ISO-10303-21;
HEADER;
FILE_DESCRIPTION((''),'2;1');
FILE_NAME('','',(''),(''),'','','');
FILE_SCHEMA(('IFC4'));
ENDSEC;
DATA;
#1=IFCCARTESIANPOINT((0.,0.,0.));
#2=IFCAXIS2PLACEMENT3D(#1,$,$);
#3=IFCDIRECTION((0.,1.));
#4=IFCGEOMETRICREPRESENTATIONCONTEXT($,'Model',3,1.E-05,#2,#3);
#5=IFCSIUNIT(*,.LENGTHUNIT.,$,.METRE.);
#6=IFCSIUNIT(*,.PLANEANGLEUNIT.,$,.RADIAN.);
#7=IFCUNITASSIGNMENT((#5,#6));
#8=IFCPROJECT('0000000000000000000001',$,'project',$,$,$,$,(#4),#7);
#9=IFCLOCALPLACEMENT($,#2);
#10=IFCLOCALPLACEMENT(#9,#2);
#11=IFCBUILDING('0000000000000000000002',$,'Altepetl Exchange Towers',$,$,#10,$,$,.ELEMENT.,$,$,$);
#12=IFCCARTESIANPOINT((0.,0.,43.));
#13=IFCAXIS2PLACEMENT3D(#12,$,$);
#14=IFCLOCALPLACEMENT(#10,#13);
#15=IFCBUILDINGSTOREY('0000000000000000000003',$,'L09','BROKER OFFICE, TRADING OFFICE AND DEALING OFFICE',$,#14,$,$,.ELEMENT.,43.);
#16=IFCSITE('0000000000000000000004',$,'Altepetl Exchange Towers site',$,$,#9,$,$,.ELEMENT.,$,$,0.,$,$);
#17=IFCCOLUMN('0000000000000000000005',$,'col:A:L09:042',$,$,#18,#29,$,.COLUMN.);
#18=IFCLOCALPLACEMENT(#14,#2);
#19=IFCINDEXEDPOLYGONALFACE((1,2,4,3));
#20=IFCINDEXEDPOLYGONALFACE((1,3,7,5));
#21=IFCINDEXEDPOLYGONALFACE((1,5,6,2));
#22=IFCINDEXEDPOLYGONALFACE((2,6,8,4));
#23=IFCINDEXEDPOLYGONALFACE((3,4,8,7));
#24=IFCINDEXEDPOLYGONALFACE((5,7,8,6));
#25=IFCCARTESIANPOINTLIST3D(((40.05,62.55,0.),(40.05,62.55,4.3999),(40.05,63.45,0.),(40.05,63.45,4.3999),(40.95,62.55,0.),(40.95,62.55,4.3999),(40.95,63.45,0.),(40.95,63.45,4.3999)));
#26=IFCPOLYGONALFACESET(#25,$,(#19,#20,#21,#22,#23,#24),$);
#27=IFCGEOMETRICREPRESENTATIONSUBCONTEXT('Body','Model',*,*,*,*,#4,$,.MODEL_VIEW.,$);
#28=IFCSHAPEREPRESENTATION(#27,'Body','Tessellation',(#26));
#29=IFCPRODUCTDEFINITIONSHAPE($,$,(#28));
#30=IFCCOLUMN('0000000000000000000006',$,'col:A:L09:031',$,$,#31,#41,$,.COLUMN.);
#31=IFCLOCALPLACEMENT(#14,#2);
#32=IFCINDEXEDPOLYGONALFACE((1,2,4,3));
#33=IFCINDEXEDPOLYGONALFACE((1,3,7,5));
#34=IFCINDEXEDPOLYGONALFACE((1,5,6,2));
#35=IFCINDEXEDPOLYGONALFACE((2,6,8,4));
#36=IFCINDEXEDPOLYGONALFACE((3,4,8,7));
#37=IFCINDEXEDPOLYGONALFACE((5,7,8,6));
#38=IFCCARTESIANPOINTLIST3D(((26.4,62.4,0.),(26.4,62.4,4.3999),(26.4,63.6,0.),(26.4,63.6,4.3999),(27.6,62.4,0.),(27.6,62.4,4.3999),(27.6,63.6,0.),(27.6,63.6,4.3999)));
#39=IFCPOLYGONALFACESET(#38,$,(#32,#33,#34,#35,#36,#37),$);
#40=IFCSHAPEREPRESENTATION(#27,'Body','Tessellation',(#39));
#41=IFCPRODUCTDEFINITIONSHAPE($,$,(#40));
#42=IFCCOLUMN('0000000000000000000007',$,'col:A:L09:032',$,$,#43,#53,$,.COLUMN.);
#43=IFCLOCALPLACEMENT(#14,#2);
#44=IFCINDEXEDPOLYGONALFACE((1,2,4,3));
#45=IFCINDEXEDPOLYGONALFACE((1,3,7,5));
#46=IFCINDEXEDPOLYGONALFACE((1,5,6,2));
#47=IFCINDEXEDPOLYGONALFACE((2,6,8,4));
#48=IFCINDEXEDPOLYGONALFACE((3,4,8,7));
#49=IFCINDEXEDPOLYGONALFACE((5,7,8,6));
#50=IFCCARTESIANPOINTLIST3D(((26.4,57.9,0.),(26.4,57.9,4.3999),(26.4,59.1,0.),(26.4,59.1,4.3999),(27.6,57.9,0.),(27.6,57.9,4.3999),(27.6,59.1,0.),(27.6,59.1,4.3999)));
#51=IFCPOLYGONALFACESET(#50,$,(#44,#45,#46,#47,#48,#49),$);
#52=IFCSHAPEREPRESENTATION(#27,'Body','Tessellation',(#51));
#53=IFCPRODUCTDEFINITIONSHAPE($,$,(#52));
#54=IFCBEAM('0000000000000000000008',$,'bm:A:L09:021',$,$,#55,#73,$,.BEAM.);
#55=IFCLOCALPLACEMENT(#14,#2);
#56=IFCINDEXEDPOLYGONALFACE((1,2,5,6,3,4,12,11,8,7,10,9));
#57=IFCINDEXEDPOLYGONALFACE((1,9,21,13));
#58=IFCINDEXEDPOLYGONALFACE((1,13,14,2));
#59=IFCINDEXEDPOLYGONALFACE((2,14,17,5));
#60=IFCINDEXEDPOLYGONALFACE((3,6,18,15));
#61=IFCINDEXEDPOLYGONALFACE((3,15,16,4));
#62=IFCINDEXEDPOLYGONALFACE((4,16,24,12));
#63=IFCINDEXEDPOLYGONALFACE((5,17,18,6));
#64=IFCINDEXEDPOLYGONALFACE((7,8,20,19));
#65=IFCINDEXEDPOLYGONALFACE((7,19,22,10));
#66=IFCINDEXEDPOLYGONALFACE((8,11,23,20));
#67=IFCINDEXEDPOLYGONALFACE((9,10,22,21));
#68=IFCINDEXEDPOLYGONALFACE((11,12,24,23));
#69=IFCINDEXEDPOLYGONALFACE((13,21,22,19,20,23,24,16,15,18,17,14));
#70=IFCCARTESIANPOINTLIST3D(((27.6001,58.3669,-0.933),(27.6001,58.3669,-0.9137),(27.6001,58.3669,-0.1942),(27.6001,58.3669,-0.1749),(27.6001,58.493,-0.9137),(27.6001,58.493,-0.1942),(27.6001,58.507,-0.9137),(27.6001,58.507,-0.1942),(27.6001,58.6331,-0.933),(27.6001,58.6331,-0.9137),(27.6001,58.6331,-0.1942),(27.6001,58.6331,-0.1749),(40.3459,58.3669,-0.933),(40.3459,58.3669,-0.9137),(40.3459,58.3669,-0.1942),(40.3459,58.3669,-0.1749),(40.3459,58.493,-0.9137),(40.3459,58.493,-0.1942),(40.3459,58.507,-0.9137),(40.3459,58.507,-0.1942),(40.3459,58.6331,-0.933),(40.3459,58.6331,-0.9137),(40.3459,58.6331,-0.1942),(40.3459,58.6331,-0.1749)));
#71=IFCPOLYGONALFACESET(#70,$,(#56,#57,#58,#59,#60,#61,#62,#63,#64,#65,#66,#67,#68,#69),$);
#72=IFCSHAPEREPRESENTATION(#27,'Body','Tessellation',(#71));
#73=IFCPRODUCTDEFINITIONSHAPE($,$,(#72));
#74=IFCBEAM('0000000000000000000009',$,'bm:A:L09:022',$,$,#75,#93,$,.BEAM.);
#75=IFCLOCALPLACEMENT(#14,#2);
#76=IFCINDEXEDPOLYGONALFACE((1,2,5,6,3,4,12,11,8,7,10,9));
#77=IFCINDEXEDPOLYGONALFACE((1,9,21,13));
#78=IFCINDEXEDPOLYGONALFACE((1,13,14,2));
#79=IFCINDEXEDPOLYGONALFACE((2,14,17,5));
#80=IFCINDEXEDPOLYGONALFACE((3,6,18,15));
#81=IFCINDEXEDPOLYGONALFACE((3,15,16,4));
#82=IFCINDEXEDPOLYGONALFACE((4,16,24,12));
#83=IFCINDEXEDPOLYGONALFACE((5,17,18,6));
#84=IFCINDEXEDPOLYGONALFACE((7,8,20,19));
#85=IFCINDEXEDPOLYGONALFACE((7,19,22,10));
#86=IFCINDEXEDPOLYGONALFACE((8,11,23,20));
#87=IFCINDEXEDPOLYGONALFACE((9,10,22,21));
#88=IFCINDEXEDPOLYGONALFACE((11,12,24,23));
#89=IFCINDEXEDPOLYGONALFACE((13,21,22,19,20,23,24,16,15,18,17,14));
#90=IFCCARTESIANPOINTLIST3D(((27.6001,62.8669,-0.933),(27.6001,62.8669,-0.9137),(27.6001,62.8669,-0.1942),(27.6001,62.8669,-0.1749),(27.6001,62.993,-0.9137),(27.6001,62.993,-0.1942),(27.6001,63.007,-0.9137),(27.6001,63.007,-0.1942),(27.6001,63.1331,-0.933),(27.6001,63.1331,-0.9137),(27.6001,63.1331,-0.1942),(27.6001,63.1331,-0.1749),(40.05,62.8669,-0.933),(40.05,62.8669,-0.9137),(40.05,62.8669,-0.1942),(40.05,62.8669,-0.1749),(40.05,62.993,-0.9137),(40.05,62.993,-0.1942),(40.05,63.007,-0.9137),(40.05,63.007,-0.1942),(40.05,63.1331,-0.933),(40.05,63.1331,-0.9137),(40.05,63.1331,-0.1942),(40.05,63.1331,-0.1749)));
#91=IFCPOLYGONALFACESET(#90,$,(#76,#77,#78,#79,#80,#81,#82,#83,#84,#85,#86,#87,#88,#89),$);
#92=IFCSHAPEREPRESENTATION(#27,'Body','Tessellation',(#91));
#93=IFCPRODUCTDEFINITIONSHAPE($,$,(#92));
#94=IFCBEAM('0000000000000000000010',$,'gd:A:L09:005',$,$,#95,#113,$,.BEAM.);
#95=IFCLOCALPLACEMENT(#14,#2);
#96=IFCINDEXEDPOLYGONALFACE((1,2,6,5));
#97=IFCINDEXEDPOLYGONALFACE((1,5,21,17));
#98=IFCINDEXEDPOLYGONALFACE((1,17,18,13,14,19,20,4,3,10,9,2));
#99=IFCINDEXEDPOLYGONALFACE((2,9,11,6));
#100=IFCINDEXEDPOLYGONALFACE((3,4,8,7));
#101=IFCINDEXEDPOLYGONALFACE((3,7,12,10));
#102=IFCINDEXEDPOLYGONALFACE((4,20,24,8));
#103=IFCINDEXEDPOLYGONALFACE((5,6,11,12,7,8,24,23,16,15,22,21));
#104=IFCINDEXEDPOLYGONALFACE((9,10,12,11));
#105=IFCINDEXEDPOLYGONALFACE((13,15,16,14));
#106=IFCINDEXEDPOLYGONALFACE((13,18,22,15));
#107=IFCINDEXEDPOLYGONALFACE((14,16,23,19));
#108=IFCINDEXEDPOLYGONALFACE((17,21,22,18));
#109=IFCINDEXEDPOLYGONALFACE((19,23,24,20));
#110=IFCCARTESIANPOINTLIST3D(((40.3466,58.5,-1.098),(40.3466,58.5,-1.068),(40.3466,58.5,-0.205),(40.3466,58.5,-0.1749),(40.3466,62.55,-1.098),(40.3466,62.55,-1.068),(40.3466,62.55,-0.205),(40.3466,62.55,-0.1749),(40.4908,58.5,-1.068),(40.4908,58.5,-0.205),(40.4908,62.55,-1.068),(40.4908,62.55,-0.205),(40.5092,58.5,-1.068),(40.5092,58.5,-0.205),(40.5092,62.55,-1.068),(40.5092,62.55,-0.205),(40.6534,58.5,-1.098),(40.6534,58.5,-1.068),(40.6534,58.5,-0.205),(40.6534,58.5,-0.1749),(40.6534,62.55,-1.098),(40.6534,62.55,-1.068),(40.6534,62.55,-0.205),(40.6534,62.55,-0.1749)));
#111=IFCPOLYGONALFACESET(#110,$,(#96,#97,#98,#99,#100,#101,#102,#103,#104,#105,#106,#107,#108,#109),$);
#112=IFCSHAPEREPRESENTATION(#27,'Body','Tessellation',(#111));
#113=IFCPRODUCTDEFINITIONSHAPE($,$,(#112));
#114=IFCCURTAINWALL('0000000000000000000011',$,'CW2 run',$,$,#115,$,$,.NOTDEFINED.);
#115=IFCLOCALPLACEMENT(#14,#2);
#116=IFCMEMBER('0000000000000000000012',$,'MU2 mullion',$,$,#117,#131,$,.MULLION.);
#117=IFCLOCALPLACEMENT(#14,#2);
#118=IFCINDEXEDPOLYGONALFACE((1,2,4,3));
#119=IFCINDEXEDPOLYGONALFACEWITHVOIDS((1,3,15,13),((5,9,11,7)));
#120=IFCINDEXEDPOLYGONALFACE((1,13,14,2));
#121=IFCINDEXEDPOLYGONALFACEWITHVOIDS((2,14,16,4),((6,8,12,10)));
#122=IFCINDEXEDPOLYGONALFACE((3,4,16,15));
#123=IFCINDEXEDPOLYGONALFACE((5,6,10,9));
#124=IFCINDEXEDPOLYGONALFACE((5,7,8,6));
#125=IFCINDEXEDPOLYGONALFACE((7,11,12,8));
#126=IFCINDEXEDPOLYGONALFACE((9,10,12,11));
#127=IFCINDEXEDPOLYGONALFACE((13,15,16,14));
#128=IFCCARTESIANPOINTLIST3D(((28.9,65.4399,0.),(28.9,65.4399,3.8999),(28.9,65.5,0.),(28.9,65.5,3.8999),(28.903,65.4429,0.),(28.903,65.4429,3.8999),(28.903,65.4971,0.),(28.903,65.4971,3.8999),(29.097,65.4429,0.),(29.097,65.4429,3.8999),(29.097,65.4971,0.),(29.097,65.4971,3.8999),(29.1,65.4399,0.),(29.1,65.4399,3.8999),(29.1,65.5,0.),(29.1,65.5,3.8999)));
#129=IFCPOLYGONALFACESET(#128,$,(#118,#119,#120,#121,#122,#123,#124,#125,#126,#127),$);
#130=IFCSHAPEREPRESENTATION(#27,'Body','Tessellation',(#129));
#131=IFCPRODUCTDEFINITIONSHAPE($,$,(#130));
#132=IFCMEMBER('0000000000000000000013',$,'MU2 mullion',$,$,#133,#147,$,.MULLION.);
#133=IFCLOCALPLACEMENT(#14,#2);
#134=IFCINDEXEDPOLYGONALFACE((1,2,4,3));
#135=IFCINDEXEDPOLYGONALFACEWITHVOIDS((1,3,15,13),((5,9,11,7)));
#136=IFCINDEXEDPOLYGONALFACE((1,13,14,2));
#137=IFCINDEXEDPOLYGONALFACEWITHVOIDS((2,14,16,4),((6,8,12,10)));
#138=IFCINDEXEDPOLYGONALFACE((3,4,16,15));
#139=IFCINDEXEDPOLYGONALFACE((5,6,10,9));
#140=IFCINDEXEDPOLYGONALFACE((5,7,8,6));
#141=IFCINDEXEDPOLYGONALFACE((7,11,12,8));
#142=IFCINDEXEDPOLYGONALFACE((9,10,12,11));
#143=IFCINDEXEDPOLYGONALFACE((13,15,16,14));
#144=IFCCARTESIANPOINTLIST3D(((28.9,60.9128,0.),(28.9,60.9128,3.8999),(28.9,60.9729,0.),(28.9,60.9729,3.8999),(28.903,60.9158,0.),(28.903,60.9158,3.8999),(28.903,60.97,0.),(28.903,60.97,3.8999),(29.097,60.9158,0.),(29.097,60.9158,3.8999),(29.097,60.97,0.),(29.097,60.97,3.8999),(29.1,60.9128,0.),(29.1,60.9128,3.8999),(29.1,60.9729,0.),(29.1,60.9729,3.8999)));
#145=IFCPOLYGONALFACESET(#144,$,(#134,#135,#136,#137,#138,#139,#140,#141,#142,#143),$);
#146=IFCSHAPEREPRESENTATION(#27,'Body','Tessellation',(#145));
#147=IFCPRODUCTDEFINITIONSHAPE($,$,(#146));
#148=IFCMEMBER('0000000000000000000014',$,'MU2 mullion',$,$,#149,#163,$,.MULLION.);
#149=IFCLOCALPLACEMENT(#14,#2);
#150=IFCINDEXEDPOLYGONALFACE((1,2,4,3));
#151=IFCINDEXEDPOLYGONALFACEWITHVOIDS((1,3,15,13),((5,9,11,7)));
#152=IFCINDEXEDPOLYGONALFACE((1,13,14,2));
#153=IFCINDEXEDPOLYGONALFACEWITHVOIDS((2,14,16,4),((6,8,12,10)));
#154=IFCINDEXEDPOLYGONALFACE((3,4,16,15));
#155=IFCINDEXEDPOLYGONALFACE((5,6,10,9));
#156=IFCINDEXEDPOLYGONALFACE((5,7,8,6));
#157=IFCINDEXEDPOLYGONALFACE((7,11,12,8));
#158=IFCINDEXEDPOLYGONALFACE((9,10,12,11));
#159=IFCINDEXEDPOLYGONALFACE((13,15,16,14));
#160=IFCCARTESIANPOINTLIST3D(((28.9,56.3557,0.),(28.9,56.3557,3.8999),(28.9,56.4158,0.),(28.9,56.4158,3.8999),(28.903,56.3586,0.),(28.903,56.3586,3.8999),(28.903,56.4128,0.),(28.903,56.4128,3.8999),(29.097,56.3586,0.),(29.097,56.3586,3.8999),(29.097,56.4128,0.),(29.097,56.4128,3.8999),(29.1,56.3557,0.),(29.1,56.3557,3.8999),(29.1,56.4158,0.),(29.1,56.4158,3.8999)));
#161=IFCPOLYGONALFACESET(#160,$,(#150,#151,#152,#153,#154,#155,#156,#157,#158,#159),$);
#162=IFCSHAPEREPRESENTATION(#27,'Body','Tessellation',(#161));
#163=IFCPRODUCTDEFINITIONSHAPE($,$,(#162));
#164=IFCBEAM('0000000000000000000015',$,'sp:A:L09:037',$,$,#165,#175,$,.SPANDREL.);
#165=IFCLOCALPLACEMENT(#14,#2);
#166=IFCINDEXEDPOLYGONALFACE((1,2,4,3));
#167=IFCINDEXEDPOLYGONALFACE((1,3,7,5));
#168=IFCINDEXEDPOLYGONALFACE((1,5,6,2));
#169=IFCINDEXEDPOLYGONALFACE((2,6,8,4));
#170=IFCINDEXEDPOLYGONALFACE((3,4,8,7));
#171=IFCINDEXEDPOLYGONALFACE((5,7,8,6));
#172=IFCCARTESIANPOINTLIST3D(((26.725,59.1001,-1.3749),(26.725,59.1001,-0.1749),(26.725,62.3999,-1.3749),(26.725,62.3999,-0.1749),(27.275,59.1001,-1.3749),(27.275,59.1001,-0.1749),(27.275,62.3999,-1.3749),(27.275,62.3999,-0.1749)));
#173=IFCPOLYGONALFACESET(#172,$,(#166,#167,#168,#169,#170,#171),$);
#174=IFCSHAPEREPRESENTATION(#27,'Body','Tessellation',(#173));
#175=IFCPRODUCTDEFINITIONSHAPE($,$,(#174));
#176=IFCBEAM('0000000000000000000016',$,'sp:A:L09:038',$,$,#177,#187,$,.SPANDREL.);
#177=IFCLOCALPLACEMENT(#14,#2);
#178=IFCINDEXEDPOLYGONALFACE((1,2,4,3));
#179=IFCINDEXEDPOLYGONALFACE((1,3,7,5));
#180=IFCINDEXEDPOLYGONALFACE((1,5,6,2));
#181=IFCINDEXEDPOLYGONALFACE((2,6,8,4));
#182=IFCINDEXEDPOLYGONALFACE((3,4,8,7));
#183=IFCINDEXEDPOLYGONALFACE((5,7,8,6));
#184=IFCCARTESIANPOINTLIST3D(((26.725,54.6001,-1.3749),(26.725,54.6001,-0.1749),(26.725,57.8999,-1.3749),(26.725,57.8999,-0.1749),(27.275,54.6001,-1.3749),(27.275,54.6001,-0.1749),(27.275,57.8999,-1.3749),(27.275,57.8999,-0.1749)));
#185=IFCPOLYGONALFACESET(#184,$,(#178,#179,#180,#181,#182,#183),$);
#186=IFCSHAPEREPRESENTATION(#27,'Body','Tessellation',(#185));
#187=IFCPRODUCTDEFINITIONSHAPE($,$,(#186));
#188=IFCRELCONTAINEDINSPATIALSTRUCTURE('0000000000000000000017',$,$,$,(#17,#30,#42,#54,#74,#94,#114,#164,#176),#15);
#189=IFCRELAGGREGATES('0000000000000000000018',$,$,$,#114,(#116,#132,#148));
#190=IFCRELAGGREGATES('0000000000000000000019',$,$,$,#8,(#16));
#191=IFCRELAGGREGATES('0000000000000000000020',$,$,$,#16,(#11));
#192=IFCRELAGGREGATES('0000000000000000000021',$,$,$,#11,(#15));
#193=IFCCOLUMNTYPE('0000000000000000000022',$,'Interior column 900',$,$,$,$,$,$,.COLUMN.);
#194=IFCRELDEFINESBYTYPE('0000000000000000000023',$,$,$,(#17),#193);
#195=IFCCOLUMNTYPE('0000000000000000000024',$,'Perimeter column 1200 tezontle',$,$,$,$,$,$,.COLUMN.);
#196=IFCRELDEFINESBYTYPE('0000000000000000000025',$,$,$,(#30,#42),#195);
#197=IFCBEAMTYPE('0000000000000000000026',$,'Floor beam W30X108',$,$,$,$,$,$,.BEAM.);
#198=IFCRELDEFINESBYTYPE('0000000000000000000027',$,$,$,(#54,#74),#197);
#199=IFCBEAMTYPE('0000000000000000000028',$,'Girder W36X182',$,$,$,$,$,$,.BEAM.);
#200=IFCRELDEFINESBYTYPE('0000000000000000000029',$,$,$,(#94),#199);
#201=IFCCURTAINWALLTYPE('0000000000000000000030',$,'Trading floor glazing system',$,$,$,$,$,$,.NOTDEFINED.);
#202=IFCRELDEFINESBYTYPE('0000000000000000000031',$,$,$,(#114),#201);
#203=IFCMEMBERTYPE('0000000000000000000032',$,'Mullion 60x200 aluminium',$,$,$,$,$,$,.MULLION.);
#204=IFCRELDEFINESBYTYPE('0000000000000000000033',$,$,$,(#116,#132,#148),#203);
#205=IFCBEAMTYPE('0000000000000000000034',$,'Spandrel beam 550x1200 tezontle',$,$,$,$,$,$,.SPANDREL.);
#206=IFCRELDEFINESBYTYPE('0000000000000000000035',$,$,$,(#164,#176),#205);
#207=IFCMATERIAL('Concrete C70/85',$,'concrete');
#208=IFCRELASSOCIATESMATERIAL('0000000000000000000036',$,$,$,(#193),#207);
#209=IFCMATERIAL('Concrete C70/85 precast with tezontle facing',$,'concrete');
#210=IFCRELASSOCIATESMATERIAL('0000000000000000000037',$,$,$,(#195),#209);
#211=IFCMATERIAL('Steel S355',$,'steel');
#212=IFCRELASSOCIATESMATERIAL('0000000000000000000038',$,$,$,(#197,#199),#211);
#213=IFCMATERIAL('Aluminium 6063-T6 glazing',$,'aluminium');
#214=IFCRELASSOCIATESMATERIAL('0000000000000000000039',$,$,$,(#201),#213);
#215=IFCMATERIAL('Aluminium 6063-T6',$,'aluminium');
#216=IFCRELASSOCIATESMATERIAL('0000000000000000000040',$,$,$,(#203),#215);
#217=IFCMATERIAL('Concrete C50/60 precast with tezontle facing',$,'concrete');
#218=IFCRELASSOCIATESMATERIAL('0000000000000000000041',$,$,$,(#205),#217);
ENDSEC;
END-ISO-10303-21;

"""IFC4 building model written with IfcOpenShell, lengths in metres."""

from ifc_helpers import new_model, si_unit, direction, frame, origin, origin_2d, place, context, subcontext, project, spatial, rectangle, hollow_rectangle, i_section, extrude, material, material_profile, profile_set, type_object, element, aggregate, save


model = new_model("IFC4")

# Units and contexts
model_context = context("Model", 3, precision=1e-05, world=origin(), true_north=direction((0.0, 1.0)))
body_context = subcontext(model_context, "Body", "Model", "MODEL_VIEW")
ifc_project = project(units=[si_unit("LENGTHUNIT", "METRE"), si_unit("PLANEANGLEUNIT", "RADIAN")], contexts=[model_context])

# Site, building, storey
site_placement = place(None, origin())
site = spatial("IfcSite", under=ifc_project, at=site_placement, Name="Altepetl Exchange Towers site", CompositionType="ELEMENT", RefElevation=0.0)
building_placement = place(site_placement, origin())
building = spatial("IfcBuilding", under=site, at=building_placement, Name="Altepetl Exchange Towers", CompositionType="ELEMENT")
storey_placement = place(building_placement, frame((0.0, 0.0, 43.0)))
storey = spatial("IfcBuildingStorey", under=building, at=storey_placement, Name="L09", Description="BROKER OFFICE, TRADING OFFICE AND DEALING OFFICE", CompositionType="ELEMENT", Elevation=43.0)

# Columns
ifc_material_1 = material(Name="Concrete C70/85", Category="concrete")
ifc_material_profile_1 = material_profile(ifc_material_1, rectangle(XDim=0.8999, YDim=0.8999, at=origin_2d()), Name="900 x 900")
ifc_profile_set_1 = profile_set([ifc_material_profile_1], Name="Concrete C70/85")
column_type_1 = type_object("IfcColumnType", Name="Interior column 900", PredefinedType="COLUMN", material=ifc_profile_set_1)
column_placement = place(storey_placement, frame((40.5, 63.0, 0.0)))
element("IfcColumn", 1, at=column_placement, inside=storey, type_object=column_type_1, Name="col:A:L09:042", PredefinedType="COLUMN", context=body_context, shape_type="SweptSolid", body=[
    extrude(rectangle(XDim=0.8999, YDim=0.8999, at=origin_2d()), origin(), (0.0, 0.0, 1.0), 4.3999),
])
ifc_material_2 = material(Name="Concrete C70/85 precast with tezontle facing", Category="concrete")
ifc_material_profile_2 = material_profile(ifc_material_2, rectangle(XDim=1.2, YDim=1.2, at=origin_2d()), Name="1200 x 1200")
ifc_profile_set_2 = profile_set([ifc_material_profile_2], Name="Concrete C70/85 precast with tezontle facing")
column_type_2 = type_object("IfcColumnType", Name="Perimeter column 1200 tezontle", PredefinedType="COLUMN", material=ifc_profile_set_2)
for number, where, name in (
    (2, (27.0, 63.0, 0.0), "col:A:L09:031"),
    (3, (27.0, 58.5, 0.0), "col:A:L09:032"),
):
    element("IfcColumn", number, at=place(storey_placement, frame(where)), inside=storey, type_object=column_type_2, Name=name, PredefinedType="COLUMN", context=body_context, shape_type="SweptSolid", body=[
        extrude(rectangle(XDim=1.2, YDim=1.2, at=origin_2d()), origin(), (0.0, 0.0, 1.0), 4.3999),
    ])

# Beams
ifc_material_3 = material(Name="Steel S355", Category="steel")
ifc_material_profile_3 = material_profile(ifc_material_3, i_section(OverallWidth=0.2661, OverallDepth=0.7581, WebThickness=0.0139, FlangeThickness=0.0193, at=origin_2d()), Name="W30X108")
ifc_profile_set_3 = profile_set([ifc_material_profile_3], Name="Steel S355")
beam_type_1 = type_object("IfcBeamType", Name="Floor beam W30X108", PredefinedType="BEAM", material=ifc_profile_set_3)
beam_1_placement = place(storey_placement, frame((27.6001, 58.5, -0.554), z_axis=(1.0, 0.0, 0.0), x_axis=(0.0, 1.0, 0.0)))
element("IfcBeam", 4, at=beam_1_placement, inside=storey, type_object=beam_type_1, Name="bm:A:L09:021", PredefinedType="BEAM", context=body_context, shape_type="SweptSolid", body=[
    extrude(i_section(OverallWidth=0.2661, OverallDepth=0.7581, WebThickness=0.0139, FlangeThickness=0.0193, at=origin_2d()), origin(), (0.0, 0.0, 1.0), 12.7458),
])
beam_2_placement = place(storey_placement, frame((27.6001, 63.0, -0.554), z_axis=(1.0, 0.0, 0.0), x_axis=(0.0, 1.0, 0.0)))
element("IfcBeam", 5, at=beam_2_placement, inside=storey, type_object=beam_type_1, Name="bm:A:L09:022", PredefinedType="BEAM", context=body_context, shape_type="SweptSolid", body=[
    extrude(i_section(OverallWidth=0.2661, OverallDepth=0.7581, WebThickness=0.0139, FlangeThickness=0.0193, at=origin_2d()), origin(), (0.0, 0.0, 1.0), 12.45),
])
ifc_material_profile_4 = material_profile(ifc_material_3, i_section(OverallWidth=0.3069, OverallDepth=0.9231, WebThickness=0.0183, FlangeThickness=0.03, at=origin_2d()), Name="W36X182")
ifc_profile_set_4 = profile_set([ifc_material_profile_4], Name="Steel S355")
beam_type_2 = type_object("IfcBeamType", Name="Girder W36X182", PredefinedType="BEAM", material=ifc_profile_set_4)
beam_3_placement = place(storey_placement, frame((40.5, 62.55, -0.6365), z_axis=(0.0, -1.0, 0.0), x_axis=(1.0, 0.0, 0.0)))
element("IfcBeam", 6, at=beam_3_placement, inside=storey, type_object=beam_type_2, Name="gd:A:L09:005", PredefinedType="BEAM", context=body_context, shape_type="SweptSolid", body=[
    extrude(i_section(OverallWidth=0.3069, OverallDepth=0.9231, WebThickness=0.0183, FlangeThickness=0.03, at=origin_2d()), origin(), (0.0, 0.0, 1.0), 4.05),
])

# Curtain wall, members
ifc_material_4 = material(Name="Aluminium 6063-T6 glazing", Category="aluminium")
curtain_wall_type = type_object("IfcCurtainWallType", Name="Trading floor glazing system", PredefinedType="NOTDEFINED", material=ifc_material_4)
curtain_wall_placement = place(storey_placement, origin())
curtain_wall = element("IfcCurtainWall", 7, at=curtain_wall_placement, inside=storey, type_object=curtain_wall_type, Name="CW2 run", PredefinedType="NOTDEFINED")
ifc_material_5 = material(Name="Aluminium 6063-T6", Category="aluminium")
ifc_material_profile_5 = material_profile(ifc_material_5, hollow_rectangle(XDim=0.0601, YDim=0.2, WallThickness=0.0029, at=origin_2d()), Name="Mullion 60x200 aluminium")
ifc_profile_set_5 = profile_set([ifc_material_profile_5], Name="Aluminium 6063-T6")
member_type = type_object("IfcMemberType", Name="Mullion 60x200 aluminium", PredefinedType="MULLION", material=ifc_profile_set_5)
member_1_placement = place(storey_placement, frame((29.0, 65.47, 0.0), z_axis=(0.0, 0.0, 1.0), x_axis=(0.0, -1.0, 0.0)))
member_1 = element("IfcMember", 8, at=member_1_placement, type_object=member_type, Name="MU2 mullion", PredefinedType="MULLION", context=body_context, shape_type="SweptSolid", body=[
    extrude(hollow_rectangle(XDim=0.0601, YDim=0.2, WallThickness=0.0029, at=origin_2d()), origin(), (0.0, 0.0, 1.0), 3.8999),
])
member_2_placement = place(storey_placement, frame((29.0, 60.9429, 0.0), z_axis=(0.0, 0.0, 1.0), x_axis=(0.0, -1.0, 0.0)))
member_2 = element("IfcMember", 9, at=member_2_placement, type_object=member_type, Name="MU2 mullion", PredefinedType="MULLION", context=body_context, shape_type="SweptSolid", body=[
    extrude(hollow_rectangle(XDim=0.0601, YDim=0.2, WallThickness=0.0029, at=origin_2d()), origin(), (0.0, 0.0, 1.0), 3.8999),
])
member_3_placement = place(storey_placement, frame((29.0, 56.3857, 0.0), z_axis=(0.0, 0.0, 1.0), x_axis=(0.0, -1.0, 0.0)))
member_3 = element("IfcMember", 10, at=member_3_placement, type_object=member_type, Name="MU2 mullion", PredefinedType="MULLION", context=body_context, shape_type="SweptSolid", body=[
    extrude(hollow_rectangle(XDim=0.0601, YDim=0.2, WallThickness=0.0029, at=origin_2d()), origin(), (0.0, 0.0, 1.0), 3.8999),
])

# Beams
ifc_material_6 = material(Name="Concrete C50/60 precast with tezontle facing", Category="concrete")
ifc_material_profile_6 = material_profile(ifc_material_6, rectangle(XDim=0.55, YDim=1.2, at=origin_2d()), Name="550 x 1200")
ifc_profile_set_6 = profile_set([ifc_material_profile_6], Name="Concrete C50/60 precast with tezontle facing")
beam_type_3 = type_object("IfcBeamType", Name="Spandrel beam 550x1200 tezontle", PredefinedType="SPANDREL", material=ifc_profile_set_6)
for number, where, z_axis, x_axis, name in (
    (11, (27.0, 62.3999, -0.7749), (0.0, -1.0, 0.0), (1.0, 0.0, 0.0), "sp:A:L09:037"),
    (12, (27.0, 57.8999, -0.7749), (0.0, -1.0, 0.0), (1.0, 0.0, 0.0), "sp:A:L09:038"),
):
    element("IfcBeam", number, at=place(storey_placement, frame(where, z_axis=z_axis, x_axis=x_axis)), inside=storey, type_object=beam_type_3, Name=name, PredefinedType="SPANDREL", context=body_context, shape_type="SweptSolid", body=[
        extrude(rectangle(XDim=0.55, YDim=1.2, at=origin_2d()), origin(), (0.0, 0.0, 1.0), 3.2998),
    ])

aggregate(curtain_wall, [member_1, member_2, member_3])

save(model, "model.ifc")
